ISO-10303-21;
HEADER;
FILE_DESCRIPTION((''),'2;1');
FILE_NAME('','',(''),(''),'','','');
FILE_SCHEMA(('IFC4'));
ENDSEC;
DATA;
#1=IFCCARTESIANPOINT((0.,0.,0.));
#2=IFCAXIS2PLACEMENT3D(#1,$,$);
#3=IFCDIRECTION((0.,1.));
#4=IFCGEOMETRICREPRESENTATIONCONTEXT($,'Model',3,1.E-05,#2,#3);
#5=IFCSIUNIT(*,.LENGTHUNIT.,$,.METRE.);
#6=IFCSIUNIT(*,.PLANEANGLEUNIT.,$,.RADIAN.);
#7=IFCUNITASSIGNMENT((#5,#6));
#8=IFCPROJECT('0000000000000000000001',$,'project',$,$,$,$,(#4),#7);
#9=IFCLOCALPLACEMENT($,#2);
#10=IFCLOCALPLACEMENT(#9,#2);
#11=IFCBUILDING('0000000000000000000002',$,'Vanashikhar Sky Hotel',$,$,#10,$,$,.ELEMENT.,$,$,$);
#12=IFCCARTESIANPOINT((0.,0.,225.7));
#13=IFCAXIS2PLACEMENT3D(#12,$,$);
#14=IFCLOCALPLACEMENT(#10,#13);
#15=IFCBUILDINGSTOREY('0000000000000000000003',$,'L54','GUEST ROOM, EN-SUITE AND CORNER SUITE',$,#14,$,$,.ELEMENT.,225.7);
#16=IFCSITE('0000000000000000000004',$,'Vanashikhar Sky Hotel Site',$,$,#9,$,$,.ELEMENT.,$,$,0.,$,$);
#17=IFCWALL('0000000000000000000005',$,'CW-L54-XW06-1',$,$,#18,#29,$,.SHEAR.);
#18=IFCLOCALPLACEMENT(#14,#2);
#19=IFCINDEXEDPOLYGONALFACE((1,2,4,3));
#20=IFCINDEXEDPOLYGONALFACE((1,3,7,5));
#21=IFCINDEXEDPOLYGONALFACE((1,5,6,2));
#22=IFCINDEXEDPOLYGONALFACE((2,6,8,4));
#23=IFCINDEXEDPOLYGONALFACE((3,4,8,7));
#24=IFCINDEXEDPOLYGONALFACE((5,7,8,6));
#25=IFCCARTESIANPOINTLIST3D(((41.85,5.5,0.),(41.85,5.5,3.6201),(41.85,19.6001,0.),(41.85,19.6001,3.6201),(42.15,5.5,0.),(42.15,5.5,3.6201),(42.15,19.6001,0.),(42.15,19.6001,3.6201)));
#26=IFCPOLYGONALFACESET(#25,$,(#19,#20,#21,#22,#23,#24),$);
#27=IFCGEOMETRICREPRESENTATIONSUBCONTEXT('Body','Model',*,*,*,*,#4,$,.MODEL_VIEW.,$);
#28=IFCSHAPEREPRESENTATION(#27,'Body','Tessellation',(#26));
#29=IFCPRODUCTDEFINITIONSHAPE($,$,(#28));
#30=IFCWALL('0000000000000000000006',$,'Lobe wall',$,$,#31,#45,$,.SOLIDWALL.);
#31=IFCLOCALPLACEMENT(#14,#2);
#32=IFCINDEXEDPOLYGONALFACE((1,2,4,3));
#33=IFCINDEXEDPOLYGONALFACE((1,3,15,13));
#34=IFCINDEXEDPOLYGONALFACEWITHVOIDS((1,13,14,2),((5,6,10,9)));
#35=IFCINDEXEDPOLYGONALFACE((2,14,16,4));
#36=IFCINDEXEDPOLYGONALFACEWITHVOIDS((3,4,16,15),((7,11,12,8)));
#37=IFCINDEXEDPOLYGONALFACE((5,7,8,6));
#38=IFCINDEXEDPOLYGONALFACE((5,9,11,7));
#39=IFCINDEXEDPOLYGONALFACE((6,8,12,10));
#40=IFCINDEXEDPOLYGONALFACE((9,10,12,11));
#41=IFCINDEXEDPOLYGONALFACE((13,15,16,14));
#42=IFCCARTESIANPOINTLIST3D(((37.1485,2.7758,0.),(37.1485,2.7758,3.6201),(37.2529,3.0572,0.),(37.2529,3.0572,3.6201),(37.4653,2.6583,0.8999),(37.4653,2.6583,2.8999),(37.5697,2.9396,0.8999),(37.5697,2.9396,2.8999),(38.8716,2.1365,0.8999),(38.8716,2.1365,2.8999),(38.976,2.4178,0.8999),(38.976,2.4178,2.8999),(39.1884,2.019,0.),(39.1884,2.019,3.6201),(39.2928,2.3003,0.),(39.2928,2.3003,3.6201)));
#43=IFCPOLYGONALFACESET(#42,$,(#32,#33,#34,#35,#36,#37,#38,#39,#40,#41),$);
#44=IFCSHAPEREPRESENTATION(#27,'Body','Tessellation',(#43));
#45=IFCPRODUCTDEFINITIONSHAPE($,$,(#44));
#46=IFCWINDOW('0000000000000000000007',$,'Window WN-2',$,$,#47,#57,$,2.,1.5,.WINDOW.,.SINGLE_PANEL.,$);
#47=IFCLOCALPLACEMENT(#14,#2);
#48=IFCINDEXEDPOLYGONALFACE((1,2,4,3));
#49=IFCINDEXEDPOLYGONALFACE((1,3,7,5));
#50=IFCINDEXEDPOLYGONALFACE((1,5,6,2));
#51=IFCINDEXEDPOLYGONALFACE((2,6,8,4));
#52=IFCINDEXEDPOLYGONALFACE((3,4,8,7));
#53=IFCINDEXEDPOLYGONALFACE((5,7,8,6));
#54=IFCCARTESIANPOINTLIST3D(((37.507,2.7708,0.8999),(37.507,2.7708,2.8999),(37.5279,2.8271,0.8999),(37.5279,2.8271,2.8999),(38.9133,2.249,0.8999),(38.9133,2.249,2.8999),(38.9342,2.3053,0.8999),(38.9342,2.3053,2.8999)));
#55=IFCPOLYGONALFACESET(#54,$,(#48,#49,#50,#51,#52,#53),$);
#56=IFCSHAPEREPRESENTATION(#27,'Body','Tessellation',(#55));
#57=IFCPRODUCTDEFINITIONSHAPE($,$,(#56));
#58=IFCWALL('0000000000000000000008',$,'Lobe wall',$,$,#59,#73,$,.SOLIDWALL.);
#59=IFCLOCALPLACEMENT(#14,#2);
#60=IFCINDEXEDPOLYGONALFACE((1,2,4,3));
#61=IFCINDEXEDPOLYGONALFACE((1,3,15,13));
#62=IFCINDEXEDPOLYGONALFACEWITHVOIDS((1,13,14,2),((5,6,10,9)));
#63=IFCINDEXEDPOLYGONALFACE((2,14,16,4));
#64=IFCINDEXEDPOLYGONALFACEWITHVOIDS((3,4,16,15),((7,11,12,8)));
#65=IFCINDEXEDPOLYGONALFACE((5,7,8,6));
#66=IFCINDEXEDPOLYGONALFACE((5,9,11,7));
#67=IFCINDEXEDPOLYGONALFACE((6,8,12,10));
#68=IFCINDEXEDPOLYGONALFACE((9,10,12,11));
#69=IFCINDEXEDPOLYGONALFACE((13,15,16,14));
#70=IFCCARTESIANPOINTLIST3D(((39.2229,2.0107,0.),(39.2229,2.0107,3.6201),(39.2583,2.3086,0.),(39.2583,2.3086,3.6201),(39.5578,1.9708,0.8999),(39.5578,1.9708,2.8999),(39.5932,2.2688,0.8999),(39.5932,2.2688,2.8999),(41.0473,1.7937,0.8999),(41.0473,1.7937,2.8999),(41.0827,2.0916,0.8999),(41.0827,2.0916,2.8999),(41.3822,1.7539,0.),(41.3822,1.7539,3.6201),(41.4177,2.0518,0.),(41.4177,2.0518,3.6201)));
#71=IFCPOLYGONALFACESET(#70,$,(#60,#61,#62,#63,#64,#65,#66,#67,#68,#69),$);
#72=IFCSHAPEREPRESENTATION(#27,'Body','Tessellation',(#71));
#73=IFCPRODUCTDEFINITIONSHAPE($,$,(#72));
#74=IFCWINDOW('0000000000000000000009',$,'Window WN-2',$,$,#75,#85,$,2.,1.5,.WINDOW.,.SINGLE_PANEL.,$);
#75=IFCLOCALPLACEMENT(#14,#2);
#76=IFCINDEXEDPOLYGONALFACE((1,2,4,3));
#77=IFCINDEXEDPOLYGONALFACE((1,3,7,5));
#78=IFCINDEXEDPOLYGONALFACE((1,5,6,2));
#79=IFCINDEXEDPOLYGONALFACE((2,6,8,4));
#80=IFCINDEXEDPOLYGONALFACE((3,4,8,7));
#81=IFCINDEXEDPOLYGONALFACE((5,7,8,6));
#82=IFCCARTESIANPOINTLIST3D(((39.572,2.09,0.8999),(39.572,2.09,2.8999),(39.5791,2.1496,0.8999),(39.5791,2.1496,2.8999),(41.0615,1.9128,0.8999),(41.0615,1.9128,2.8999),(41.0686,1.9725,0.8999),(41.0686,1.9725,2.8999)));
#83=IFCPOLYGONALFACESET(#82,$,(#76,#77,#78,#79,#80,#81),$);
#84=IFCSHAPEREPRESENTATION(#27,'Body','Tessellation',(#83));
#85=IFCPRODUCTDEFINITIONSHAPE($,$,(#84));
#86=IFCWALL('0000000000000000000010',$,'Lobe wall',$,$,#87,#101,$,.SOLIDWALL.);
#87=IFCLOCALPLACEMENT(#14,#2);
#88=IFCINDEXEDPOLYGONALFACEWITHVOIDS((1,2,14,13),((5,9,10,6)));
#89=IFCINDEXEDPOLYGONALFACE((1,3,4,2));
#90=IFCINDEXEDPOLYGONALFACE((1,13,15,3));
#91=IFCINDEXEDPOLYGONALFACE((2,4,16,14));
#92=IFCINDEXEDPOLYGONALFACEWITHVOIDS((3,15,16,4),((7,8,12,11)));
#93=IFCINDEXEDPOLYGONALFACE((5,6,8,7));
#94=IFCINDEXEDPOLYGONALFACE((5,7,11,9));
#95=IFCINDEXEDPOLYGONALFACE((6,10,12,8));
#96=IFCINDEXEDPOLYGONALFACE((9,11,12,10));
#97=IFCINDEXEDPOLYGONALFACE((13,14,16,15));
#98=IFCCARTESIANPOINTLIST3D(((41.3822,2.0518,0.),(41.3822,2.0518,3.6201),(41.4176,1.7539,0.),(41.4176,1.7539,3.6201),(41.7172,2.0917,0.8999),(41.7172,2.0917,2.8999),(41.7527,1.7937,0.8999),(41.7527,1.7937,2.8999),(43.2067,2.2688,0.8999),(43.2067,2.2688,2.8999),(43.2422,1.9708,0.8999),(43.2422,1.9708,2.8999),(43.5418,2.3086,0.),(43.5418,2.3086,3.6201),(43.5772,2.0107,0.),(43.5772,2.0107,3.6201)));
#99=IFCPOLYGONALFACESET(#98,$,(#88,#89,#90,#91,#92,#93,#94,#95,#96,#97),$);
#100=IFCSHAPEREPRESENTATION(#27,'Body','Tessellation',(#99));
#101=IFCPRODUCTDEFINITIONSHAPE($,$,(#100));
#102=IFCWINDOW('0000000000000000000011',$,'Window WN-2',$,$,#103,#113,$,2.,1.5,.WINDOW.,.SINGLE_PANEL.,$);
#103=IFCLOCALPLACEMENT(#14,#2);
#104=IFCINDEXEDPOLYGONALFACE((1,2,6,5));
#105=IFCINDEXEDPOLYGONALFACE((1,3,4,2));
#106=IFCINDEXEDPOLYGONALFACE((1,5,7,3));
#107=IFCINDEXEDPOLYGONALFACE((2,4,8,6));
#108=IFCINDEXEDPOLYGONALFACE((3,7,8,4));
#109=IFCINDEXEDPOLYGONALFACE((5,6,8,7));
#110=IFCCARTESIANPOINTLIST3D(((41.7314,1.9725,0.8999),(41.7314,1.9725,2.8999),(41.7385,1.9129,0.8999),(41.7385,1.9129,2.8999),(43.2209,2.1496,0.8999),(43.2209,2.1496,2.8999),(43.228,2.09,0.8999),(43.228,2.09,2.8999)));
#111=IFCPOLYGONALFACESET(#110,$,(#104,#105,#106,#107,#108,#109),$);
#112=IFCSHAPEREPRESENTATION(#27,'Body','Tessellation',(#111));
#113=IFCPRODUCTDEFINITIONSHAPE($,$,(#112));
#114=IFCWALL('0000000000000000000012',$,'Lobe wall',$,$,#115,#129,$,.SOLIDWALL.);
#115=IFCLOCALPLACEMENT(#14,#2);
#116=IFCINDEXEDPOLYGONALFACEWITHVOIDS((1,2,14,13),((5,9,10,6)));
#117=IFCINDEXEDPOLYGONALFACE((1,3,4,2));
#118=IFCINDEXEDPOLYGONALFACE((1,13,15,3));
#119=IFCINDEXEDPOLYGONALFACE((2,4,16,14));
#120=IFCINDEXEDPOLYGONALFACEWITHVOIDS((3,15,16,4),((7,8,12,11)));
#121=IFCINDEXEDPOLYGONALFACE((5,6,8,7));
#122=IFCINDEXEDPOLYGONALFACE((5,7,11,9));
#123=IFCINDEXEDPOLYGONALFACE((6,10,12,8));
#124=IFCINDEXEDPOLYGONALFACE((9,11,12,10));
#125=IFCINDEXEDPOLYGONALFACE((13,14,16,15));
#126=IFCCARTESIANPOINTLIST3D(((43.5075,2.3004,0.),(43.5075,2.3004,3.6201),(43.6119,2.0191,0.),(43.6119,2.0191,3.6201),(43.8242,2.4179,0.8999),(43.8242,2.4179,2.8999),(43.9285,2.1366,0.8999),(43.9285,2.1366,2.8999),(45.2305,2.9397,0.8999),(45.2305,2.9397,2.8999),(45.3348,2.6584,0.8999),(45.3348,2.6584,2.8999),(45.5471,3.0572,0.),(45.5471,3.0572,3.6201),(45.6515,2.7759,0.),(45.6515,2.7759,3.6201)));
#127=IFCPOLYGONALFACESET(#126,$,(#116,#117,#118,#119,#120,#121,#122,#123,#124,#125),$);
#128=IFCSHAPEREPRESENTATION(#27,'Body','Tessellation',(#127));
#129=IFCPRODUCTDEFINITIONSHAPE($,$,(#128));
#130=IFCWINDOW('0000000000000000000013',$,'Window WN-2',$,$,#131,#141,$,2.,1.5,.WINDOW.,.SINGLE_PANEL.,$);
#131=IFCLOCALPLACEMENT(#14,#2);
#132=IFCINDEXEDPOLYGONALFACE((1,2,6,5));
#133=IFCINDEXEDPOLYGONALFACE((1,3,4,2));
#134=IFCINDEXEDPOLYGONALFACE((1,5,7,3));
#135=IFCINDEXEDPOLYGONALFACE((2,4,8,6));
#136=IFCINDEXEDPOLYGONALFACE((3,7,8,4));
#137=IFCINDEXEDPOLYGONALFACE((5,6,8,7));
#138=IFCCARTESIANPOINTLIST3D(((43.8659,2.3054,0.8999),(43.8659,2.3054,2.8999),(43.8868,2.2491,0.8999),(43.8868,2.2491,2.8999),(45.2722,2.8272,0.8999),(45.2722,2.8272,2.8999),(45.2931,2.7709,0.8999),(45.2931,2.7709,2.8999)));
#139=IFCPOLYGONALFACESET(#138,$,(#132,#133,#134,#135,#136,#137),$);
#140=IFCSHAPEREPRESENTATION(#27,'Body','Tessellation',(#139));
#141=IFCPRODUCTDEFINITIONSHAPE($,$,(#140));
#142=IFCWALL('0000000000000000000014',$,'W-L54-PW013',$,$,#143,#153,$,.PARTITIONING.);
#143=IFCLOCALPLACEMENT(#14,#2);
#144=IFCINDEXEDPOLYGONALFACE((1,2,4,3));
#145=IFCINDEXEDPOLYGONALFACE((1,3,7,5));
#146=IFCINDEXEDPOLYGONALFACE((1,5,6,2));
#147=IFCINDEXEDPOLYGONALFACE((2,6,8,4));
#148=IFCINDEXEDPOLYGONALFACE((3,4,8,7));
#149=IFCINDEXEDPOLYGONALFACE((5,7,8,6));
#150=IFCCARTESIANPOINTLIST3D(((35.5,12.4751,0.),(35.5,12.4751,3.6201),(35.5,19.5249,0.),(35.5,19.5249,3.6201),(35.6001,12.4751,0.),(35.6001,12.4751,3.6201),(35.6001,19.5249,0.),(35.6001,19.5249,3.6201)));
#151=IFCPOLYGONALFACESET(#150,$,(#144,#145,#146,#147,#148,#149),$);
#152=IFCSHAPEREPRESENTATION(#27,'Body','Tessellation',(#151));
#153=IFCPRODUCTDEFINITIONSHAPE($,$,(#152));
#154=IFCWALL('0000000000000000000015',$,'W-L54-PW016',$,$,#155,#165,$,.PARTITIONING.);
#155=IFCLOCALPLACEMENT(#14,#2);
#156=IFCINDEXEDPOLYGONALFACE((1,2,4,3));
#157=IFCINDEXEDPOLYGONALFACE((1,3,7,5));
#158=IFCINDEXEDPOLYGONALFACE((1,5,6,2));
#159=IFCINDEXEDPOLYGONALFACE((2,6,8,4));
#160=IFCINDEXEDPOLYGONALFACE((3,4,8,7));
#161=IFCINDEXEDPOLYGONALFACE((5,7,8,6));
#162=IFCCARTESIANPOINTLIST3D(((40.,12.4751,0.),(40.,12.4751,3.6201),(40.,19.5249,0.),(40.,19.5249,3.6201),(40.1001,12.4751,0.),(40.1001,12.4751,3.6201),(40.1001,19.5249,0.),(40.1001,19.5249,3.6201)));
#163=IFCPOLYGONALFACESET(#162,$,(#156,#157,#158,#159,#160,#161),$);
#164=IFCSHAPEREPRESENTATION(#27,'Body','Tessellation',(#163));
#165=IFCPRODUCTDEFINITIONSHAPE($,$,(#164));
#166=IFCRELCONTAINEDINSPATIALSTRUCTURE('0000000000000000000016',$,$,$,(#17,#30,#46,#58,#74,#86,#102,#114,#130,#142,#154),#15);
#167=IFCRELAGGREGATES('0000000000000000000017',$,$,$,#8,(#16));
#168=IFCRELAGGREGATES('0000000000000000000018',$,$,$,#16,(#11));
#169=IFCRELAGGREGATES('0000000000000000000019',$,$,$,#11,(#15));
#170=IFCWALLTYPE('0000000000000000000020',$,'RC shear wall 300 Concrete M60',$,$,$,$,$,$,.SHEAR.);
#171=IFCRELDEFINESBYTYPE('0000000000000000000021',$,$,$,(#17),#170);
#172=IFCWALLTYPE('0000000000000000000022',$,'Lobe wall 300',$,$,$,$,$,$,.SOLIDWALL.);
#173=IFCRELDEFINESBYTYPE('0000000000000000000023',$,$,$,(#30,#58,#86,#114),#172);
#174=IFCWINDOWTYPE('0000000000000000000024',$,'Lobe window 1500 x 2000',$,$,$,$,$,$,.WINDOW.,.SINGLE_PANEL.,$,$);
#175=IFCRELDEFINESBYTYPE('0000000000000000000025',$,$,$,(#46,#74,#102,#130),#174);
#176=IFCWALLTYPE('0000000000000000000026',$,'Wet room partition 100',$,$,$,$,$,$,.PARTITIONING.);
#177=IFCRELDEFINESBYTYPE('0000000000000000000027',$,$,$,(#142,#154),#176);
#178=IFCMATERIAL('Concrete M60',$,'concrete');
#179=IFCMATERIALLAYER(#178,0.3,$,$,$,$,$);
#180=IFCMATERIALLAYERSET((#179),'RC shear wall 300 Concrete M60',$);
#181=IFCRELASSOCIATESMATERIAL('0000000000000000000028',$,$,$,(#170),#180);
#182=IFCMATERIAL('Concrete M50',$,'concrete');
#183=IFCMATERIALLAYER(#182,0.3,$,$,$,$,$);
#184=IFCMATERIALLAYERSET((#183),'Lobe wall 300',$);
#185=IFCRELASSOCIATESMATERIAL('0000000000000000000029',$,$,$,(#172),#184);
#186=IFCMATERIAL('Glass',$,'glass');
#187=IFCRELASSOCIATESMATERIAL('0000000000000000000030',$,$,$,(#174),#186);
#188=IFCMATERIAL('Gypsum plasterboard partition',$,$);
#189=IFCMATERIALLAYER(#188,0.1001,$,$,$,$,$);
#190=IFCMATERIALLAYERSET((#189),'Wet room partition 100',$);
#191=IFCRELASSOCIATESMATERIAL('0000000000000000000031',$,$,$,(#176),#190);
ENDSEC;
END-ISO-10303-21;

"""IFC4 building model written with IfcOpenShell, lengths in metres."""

from ifc_helpers import new_model, si_unit, direction, frame, frame_2d, origin, place, context, subcontext, project, spatial, rectangle, extrude, source, transform, mapped, material, layer, layer_set, type_object, element, fill, save


model = new_model("IFC4")

# Units and contexts
model_context = context("Model", 3, precision=1e-05, world=origin(), true_north=direction((0.0, 1.0)))
body_context = subcontext(model_context, "Body", "Model", "MODEL_VIEW")
ifc_project = project(units=[si_unit("LENGTHUNIT", "METRE"), si_unit("PLANEANGLEUNIT", "RADIAN")], contexts=[model_context])

# Site, building, storey
site_placement = place(None, origin())
site = spatial("IfcSite", under=ifc_project, at=site_placement, Name="Vanashikhar Sky Hotel Site", CompositionType="ELEMENT", RefElevation=0.0)
building_placement = place(site_placement, origin())
building = spatial("IfcBuilding", under=site, at=building_placement, Name="Vanashikhar Sky Hotel", CompositionType="ELEMENT")
storey_placement = place(building_placement, frame((0.0, 0.0, 225.7)))
storey = spatial("IfcBuildingStorey", under=building, at=storey_placement, Name="L54", Description="GUEST ROOM, EN-SUITE AND CORNER SUITE", CompositionType="ELEMENT", Elevation=225.7)

# Wall
ifc_material_1 = material(Name="Concrete M60", Category="concrete")
ifc_layer_1 = layer(ifc_material_1, 0.3)
ifc_layer_set_1 = layer_set([ifc_layer_1], Name="RC shear wall 300 Concrete M60")
wall_type_1 = type_object("IfcWallType", Name="RC shear wall 300 Concrete M60", PredefinedType="SHEAR", material=ifc_layer_set_1)
shared_shape_1 = source(origin(), body_context, "Body", "SweptSolid", [
    extrude(rectangle(XDim=14.1001, YDim=0.3, at=frame_2d((7.05, 0.0))), origin(), (0.0, 0.0, 1.0), 3.6201),
])
wall_1_placement = place(storey_placement, frame((42.0, 5.5, 0.0), z_axis=(0.0, 0.0, 1.0), x_axis=(0.0, 1.0, 0.0)))
element("IfcWall", 1, at=wall_1_placement, inside=storey, type_object=wall_type_1, Name="CW-L54-XW06-1", PredefinedType="SHEAR", context=body_context, shape_type="MappedRepresentation", body=[
    mapped(shared_shape_1, transform((0.0, 0.0, 0.0), scale=1.0)),
])

# Walls, openings, windows
ifc_material_2 = material(Name="Concrete M50", Category="concrete")
ifc_layer_2 = layer(ifc_material_2, 0.3)
ifc_layer_set_2 = layer_set([ifc_layer_2], Name="Lobe wall 300")
wall_type_2 = type_object("IfcWallType", Name="Lobe wall 300", PredefinedType="SOLIDWALL", material=ifc_layer_set_2)
shared_shape_2 = source(origin(), body_context, "Body", "SweptSolid", [
    extrude(rectangle(XDim=2.1758, YDim=0.3, at=frame_2d((1.0879, 0.0))), origin(), (0.0, 0.0, 1.0), 3.6201),
])
wall_2_placement = place(storey_placement, frame((37.2007, 2.9165, 0.0), z_axis=(0.0, 0.0, 1.0), x_axis=(0.937546, -0.347863, 0.0)))
wall_2 = element("IfcWall", 2, at=wall_2_placement, inside=storey, type_object=wall_type_2, Name="Lobe wall", PredefinedType="SOLIDWALL", context=body_context, shape_type="MappedRepresentation", body=[
    mapped(shared_shape_2, transform((0.0, 0.0, 0.0), scale=1.0)),
])
shared_shape_3 = source(origin(), body_context, "Body", "SweptSolid", [
    extrude(rectangle(XDim=1.5, YDim=2.0, at=frame_2d((0.75, 1.0))), frame((0.0, 0.1602, 0.0), z_axis=(0.0, -1.0, 0.0), x_axis=(1.0, 0.0, 0.0)), (0.0, 0.0, 1.0), 0.3201),
])
opening_1_placement = place(wall_2_placement, frame((0.3379, 0.0, 0.8999)))
opening_1 = element("IfcOpeningElement", 3, at=opening_1_placement, cuts=wall_2, PredefinedType="OPENING", context=body_context, shape_type="MappedRepresentation", body=[
    mapped(shared_shape_3, transform((0.0, 0.0, 0.0), scale=1.0)),
])
ifc_material_3 = material(Name="Glass", Category="glass")
window_type = type_object("IfcWindowType", Name="Lobe window 1500 x 2000", PartitioningType="SINGLE_PANEL", PredefinedType="WINDOW", material=ifc_material_3)
shared_shape_4 = source(origin(), body_context, "Body", "SweptSolid", [
    extrude(rectangle(XDim=1.5, YDim=2.0, at=frame_2d((0.75, 1.0))), frame((0.0, 0.03, 0.0), z_axis=(0.0, -1.0, 0.0), x_axis=(1.0, 0.0, 0.0)), (0.0, 0.0, 1.0), 0.0601),
])
window_1_placement = place(opening_1_placement, origin())
window_1 = element("IfcWindow", 4, at=window_1_placement, inside=storey, type_object=window_type, Name="Window WN-2", OverallHeight=2.0, OverallWidth=1.5, PartitioningType="SINGLE_PANEL", PredefinedType="WINDOW", context=body_context, shape_type="MappedRepresentation", body=[
    mapped(shared_shape_4, transform((0.0, 0.0, 0.0), scale=1.0)),
])
fill(opening_1, window_1)
shared_shape_5 = source(origin(), body_context, "Body", "SweptSolid", [
    extrude(rectangle(XDim=2.1746, YDim=0.3, at=frame_2d((1.0874, 0.0))), origin(), (0.0, 0.0, 1.0), 3.6201),
])
wall_3_placement = place(storey_placement, frame((39.2405, 2.1597, 0.0), z_axis=(0.0, 0.0, 1.0), x_axis=(0.993001, -0.118105, 0.0)))
wall_3 = element("IfcWall", 5, at=wall_3_placement, inside=storey, type_object=wall_type_2, Name="Lobe wall", PredefinedType="SOLIDWALL", context=body_context, shape_type="MappedRepresentation", body=[
    mapped(shared_shape_5, transform((0.0, 0.0, 0.0), scale=1.0)),
])
opening_2_placement = place(wall_3_placement, frame((0.3374, 0.0, 0.8999)))
opening_2 = element("IfcOpeningElement", 6, at=opening_2_placement, cuts=wall_3, PredefinedType="OPENING", context=body_context, shape_type="MappedRepresentation", body=[
    mapped(shared_shape_3, transform((0.0, 0.0, 0.0), scale=1.0)),
])
window_2_placement = place(opening_2_placement, origin())
window_2 = element("IfcWindow", 7, at=window_2_placement, inside=storey, type_object=window_type, Name="Window WN-2", OverallHeight=2.0, OverallWidth=1.5, PartitioningType="SINGLE_PANEL", PredefinedType="WINDOW", context=body_context, shape_type="MappedRepresentation", body=[
    mapped(shared_shape_4, transform((0.0, 0.0, 0.0), scale=1.0)),
])
fill(opening_2, window_2)
shared_shape_6 = source(origin(), body_context, "Body", "SweptSolid", [
    extrude(rectangle(XDim=2.1748, YDim=0.3, at=frame_2d((1.0874, 0.0))), origin(), (0.0, 0.0, 1.0), 3.6201),
])
wall_4_placement = place(storey_placement, frame((41.3999, 1.9028, 0.0), z_axis=(0.0, 0.0, 1.0), x_axis=(0.993003, 0.118092, 0.0)))
wall_4 = element("IfcWall", 8, at=wall_4_placement, inside=storey, type_object=wall_type_2, Name="Lobe wall", PredefinedType="SOLIDWALL", context=body_context, shape_type="MappedRepresentation", body=[
    mapped(shared_shape_6, transform((0.0, 0.0, 0.0), scale=1.0)),
])
opening_3_placement = place(wall_4_placement, frame((0.3374, 0.0, 0.8999)))
opening_3 = element("IfcOpeningElement", 9, at=opening_3_placement, cuts=wall_4, PredefinedType="OPENING", context=body_context, shape_type="MappedRepresentation", body=[
    mapped(shared_shape_3, transform((0.0, 0.0, 0.0), scale=1.0)),
])
window_3_placement = place(opening_3_placement, origin())
window_3 = element("IfcWindow", 10, at=window_3_placement, inside=storey, type_object=window_type, Name="Window WN-2", OverallHeight=2.0, OverallWidth=1.5, PartitioningType="SINGLE_PANEL", PredefinedType="WINDOW", context=body_context, shape_type="MappedRepresentation", body=[
    mapped(shared_shape_4, transform((0.0, 0.0, 0.0), scale=1.0)),
])
fill(opening_3, window_3)
shared_shape_7 = source(origin(), body_context, "Body", "SweptSolid", [
    extrude(rectangle(XDim=2.1755, YDim=0.3, at=frame_2d((1.0879, 0.0))), origin(), (0.0, 0.0, 1.0), 3.6201),
])
wall_5_placement = place(storey_placement, frame((43.5596, 2.1597, 0.0), z_axis=(0.0, 0.0, 1.0), x_axis=(0.937532, 0.347899, 0.0)))
wall_5 = element("IfcWall", 11, at=wall_5_placement, inside=storey, type_object=wall_type_2, Name="Lobe wall", PredefinedType="SOLIDWALL", context=body_context, shape_type="MappedRepresentation", body=[
    mapped(shared_shape_7, transform((0.0, 0.0, 0.0), scale=1.0)),
])
opening_4_placement = place(wall_5_placement, frame((0.3379, 0.0, 0.8999)))
opening_4 = element("IfcOpeningElement", 12, at=opening_4_placement, cuts=wall_5, PredefinedType="OPENING", context=body_context, shape_type="MappedRepresentation", body=[
    mapped(shared_shape_3, transform((0.0, 0.0, 0.0), scale=1.0)),
])
window_4_placement = place(opening_4_placement, origin())
window_4 = element("IfcWindow", 13, at=window_4_placement, inside=storey, type_object=window_type, Name="Window WN-2", OverallHeight=2.0, OverallWidth=1.5, PartitioningType="SINGLE_PANEL", PredefinedType="WINDOW", context=body_context, shape_type="MappedRepresentation", body=[
    mapped(shared_shape_4, transform((0.0, 0.0, 0.0), scale=1.0)),
])
fill(opening_4, window_4)

# Walls
ifc_material_4 = material(Name="Gypsum plasterboard partition")
ifc_layer_3 = layer(ifc_material_4, 0.1001)
ifc_layer_set_3 = layer_set([ifc_layer_3], Name="Wet room partition 100")
wall_type_3 = type_object("IfcWallType", Name="Wet room partition 100", PredefinedType="PARTITIONING", material=ifc_layer_set_3)
shared_shape_8 = source(origin(), body_context, "Body", "SweptSolid", [
    extrude(rectangle(XDim=7.0498, YDim=0.1001, at=frame_2d((3.5249, 0.0))), origin(), (0.0, 0.0, 1.0), 3.6201),
])
for number, where, z_axis, x_axis, name in (
    (14, (35.55, 12.4751, 0.0), (0.0, 0.0, 1.0), (0.0, 1.0, 0.0), "W-L54-PW013"),
    (15, (40.05, 12.4751, 0.0), (0.0, 0.0, 1.0), (0.0, 1.0, 0.0), "W-L54-PW016"),
):
    element("IfcWall", number, at=place(storey_placement, frame(where, z_axis=z_axis, x_axis=x_axis)), inside=storey, type_object=wall_type_3, Name=name, PredefinedType="PARTITIONING", context=body_context, shape_type="MappedRepresentation", body=[
        mapped(shared_shape_8, transform((0.0, 0.0, 0.0), scale=1.0)),
    ])

save(model, "model.ifc")
